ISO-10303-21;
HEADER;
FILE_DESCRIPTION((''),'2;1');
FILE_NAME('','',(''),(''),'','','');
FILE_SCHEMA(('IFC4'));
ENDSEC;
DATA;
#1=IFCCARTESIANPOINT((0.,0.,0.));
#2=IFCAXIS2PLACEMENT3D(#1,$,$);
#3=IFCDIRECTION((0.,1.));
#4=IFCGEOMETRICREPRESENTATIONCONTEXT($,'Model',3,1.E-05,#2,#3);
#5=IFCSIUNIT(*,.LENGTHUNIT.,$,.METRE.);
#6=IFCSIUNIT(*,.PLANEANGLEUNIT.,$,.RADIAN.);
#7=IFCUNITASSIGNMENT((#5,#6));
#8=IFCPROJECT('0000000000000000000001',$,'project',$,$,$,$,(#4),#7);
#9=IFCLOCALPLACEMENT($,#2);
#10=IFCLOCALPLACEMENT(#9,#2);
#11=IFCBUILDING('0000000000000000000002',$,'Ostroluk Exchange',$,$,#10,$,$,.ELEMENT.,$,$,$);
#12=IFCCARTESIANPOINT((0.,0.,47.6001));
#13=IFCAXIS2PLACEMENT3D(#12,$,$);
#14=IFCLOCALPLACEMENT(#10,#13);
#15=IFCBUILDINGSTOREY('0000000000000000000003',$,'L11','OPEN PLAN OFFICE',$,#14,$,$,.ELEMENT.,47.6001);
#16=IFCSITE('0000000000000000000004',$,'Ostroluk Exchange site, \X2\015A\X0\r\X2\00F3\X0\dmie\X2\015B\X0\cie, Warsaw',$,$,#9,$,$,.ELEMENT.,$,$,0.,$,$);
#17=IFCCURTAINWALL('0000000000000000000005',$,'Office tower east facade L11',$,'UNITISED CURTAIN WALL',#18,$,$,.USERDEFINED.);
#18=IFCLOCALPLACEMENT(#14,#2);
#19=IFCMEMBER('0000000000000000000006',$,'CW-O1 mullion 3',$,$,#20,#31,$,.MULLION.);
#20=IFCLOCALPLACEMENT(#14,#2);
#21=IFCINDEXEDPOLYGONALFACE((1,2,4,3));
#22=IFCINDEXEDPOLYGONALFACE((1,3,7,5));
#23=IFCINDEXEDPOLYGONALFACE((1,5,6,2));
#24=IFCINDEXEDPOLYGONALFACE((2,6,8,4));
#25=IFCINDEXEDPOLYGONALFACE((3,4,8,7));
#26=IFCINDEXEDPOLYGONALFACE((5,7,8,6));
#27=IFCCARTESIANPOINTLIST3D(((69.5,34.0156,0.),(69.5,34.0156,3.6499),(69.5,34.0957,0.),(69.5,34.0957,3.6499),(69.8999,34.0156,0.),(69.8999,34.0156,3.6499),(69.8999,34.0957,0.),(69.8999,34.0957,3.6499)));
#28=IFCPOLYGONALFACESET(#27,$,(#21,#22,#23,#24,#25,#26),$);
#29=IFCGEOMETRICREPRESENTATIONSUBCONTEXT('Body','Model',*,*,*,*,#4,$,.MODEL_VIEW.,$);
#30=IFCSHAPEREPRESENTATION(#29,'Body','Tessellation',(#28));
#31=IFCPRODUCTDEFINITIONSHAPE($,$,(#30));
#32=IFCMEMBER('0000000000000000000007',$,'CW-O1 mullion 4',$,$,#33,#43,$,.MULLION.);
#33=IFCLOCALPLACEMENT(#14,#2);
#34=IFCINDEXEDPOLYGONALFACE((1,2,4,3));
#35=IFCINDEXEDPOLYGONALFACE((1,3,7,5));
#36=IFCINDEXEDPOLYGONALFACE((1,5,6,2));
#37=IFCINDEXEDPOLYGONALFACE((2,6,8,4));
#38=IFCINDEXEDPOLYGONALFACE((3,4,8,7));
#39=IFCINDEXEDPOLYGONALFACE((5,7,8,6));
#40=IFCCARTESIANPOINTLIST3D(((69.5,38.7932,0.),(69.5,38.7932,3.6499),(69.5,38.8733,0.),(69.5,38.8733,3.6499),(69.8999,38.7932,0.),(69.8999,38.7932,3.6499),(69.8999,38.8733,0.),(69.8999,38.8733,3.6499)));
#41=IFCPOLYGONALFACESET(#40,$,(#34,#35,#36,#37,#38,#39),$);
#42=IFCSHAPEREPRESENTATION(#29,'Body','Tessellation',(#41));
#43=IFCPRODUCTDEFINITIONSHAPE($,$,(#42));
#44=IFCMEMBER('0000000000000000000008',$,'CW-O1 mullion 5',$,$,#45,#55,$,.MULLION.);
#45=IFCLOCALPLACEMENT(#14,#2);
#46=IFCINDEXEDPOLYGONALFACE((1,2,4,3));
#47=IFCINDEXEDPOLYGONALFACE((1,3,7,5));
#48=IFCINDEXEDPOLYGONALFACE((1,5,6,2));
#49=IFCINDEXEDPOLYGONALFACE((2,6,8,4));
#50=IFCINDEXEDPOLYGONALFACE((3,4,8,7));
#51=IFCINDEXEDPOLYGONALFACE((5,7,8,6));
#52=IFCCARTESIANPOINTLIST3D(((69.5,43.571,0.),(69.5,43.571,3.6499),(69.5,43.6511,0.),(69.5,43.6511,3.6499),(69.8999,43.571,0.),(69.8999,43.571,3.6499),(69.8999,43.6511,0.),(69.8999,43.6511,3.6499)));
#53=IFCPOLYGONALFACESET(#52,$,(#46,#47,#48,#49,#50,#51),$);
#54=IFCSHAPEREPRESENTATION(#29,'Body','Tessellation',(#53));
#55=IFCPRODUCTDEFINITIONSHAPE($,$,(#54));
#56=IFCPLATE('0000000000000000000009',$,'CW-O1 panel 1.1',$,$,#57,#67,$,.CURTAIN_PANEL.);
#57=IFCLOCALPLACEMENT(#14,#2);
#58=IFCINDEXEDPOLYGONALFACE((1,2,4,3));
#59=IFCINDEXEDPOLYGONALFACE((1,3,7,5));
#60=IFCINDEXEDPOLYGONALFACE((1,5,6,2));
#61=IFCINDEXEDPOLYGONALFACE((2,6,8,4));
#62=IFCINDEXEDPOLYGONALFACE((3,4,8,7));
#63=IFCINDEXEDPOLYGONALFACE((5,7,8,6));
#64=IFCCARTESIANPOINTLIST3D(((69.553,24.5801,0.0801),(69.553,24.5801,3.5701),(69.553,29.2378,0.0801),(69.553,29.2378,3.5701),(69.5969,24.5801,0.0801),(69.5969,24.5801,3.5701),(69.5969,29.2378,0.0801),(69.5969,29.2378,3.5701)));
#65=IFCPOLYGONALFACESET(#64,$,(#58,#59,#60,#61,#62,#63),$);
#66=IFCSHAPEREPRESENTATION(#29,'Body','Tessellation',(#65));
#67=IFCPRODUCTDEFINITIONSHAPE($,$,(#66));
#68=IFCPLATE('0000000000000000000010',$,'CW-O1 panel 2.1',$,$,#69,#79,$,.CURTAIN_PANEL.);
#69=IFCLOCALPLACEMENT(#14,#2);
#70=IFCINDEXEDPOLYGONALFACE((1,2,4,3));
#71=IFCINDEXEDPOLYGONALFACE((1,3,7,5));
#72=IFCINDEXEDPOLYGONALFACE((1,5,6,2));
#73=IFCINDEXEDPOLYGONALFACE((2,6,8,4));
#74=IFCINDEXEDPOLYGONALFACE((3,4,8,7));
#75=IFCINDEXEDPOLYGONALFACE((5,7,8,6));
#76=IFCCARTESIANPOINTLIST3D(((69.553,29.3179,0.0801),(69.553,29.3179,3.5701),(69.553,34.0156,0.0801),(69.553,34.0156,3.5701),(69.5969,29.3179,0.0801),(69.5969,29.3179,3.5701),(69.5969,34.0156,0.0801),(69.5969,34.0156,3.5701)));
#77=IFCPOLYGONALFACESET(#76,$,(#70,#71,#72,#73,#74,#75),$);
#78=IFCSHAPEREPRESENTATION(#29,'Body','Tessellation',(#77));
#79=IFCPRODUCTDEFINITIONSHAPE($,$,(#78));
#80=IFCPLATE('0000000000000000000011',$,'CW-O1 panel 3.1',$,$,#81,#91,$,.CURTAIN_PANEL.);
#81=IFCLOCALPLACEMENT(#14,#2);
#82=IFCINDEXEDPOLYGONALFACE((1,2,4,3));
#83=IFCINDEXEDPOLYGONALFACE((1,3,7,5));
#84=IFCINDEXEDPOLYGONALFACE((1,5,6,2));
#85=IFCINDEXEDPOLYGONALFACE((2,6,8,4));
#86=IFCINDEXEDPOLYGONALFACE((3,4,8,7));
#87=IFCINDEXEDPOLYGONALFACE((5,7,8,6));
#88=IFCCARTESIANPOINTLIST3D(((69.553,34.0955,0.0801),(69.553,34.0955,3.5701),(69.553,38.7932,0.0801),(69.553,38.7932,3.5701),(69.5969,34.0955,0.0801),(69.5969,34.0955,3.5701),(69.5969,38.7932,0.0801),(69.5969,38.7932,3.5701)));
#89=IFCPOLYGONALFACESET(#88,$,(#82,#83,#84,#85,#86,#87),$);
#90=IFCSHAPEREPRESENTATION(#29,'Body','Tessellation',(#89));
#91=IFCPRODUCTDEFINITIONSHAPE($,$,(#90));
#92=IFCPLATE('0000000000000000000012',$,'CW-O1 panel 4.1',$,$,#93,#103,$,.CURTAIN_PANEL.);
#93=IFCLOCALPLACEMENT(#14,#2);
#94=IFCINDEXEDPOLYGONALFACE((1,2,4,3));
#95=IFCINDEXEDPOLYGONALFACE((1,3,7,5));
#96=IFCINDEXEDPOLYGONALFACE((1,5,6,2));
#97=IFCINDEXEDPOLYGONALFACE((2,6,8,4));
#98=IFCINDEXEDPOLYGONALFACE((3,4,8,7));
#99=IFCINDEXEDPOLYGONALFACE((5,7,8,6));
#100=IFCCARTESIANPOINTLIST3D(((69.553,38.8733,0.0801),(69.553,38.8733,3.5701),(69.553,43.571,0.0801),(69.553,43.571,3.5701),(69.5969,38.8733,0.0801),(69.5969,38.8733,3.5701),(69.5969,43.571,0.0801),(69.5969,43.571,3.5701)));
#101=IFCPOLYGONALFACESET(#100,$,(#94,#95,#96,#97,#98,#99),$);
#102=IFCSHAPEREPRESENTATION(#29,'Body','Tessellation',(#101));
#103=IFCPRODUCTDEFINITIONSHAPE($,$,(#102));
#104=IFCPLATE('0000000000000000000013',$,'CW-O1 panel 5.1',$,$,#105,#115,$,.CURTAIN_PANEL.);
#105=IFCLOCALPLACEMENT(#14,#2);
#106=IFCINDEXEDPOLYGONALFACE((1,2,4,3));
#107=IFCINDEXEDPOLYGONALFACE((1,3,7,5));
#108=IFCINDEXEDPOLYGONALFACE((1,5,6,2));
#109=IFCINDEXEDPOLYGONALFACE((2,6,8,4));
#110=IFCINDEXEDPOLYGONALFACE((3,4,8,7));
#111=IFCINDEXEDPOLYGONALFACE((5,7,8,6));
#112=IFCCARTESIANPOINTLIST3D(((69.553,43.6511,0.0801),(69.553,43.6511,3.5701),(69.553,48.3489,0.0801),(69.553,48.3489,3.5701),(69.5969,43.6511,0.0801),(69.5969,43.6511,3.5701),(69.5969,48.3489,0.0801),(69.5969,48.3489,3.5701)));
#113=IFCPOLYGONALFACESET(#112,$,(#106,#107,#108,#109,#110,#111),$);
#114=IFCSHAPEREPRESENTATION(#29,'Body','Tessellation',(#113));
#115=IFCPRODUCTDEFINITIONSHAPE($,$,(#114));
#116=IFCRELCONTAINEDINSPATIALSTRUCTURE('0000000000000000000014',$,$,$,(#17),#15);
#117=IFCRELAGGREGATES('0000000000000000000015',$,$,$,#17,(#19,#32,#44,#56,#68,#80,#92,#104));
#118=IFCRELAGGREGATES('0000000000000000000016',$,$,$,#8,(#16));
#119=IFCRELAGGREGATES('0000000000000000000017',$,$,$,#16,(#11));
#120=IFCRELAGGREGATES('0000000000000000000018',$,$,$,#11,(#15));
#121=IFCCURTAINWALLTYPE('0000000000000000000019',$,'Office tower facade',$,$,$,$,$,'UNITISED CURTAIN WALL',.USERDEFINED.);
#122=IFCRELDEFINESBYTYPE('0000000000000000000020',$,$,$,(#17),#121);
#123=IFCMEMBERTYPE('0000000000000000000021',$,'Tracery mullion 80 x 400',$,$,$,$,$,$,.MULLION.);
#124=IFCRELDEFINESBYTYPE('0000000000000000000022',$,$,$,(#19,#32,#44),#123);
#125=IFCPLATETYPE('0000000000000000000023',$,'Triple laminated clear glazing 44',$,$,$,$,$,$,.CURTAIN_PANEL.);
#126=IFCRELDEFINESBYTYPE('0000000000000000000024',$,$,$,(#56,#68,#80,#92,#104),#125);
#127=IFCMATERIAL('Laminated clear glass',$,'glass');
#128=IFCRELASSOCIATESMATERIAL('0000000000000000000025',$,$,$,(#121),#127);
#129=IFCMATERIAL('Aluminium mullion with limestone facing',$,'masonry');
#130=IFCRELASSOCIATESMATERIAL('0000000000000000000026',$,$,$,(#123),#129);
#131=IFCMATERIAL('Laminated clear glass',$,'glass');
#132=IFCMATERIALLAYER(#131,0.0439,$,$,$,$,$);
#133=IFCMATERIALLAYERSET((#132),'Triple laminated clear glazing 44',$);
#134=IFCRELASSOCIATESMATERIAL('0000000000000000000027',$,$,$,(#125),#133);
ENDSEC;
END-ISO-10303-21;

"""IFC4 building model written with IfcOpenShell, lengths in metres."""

from ifc_helpers import new_model, si_unit, direction, frame, origin, origin_2d, place, context, subcontext, project, spatial, rectangle, extrude, material, layer, layer_set, material_profile, profile_set, type_object, element, aggregate, save


model = new_model("IFC4")

# Units and contexts
model_context = context("Model", 3, precision=1e-05, world=origin(), true_north=direction((0.0, 1.0)))
body_context = subcontext(model_context, "Body", "Model", "MODEL_VIEW")
ifc_project = project(units=[si_unit("LENGTHUNIT", "METRE"), si_unit("PLANEANGLEUNIT", "RADIAN")], contexts=[model_context])

# Site, building, storey
site_placement = place(None, origin())
site = spatial("IfcSite", under=ifc_project, at=site_placement, Name="Ostroluk Exchange site, Śródmieście, Warsaw", CompositionType="ELEMENT", RefElevation=0.0)
building_placement = place(site_placement, origin())
building = spatial("IfcBuilding", under=site, at=building_placement, Name="Ostroluk Exchange", CompositionType="ELEMENT")
storey_placement = place(building_placement, frame((0.0, 0.0, 47.6001)))
storey = spatial("IfcBuildingStorey", under=building, at=storey_placement, Name="L11", Description="OPEN PLAN OFFICE", CompositionType="ELEMENT", Elevation=47.6001)

# Curtain wall
ifc_material_1 = material(Name="Laminated clear glass", Category="glass")
curtain_wall_type_1 = type_object("IfcCurtainWallType", Name="Office tower facade", ElementType="UNITISED CURTAIN WALL", PredefinedType="USERDEFINED", material=ifc_material_1)
curtain_wall_1_placement = place(storey_placement, origin())
curtain_wall_1 = element("IfcCurtainWall", 1, at=curtain_wall_1_placement, inside=storey, type_object=curtain_wall_type_1, Name="Office tower east facade L11", ObjectType="UNITISED CURTAIN WALL", PredefinedType="USERDEFINED")

# Members
ifc_material_2 = material(Name="Aluminium mullion with limestone facing", Category="masonry")
ifc_material_profile_1 = material_profile(ifc_material_2, rectangle(XDim=0.3999, YDim=0.0801, at=origin_2d()), Name="Tracery mullion 80 x 400")
ifc_profile_set_1 = profile_set([ifc_material_profile_1], Name="Aluminium mullion with limestone facing")
member_type_1 = type_object("IfcMemberType", Name="Tracery mullion 80 x 400", PredefinedType="MULLION", material=ifc_profile_set_1)
member_1_placement = place(storey_placement, frame((69.7, 34.0557, 0.0), z_axis=(0.0, 0.0, 1.0), x_axis=(-1.0, 0.0, 0.0)))
member_1 = element("IfcMember", 2, at=member_1_placement, type_object=member_type_1, Name="CW-O1 mullion 3", PredefinedType="MULLION", context=body_context, shape_type="SweptSolid", body=[
    extrude(rectangle(XDim=0.3999, YDim=0.0801, at=origin_2d()), origin(), (0.0, 0.0, 1.0), 3.6499),
])
member_2_placement = place(storey_placement, frame((69.7, 38.8333, 0.0), z_axis=(0.0, 0.0, 1.0), x_axis=(-1.0, 0.0, 0.0)))
member_2 = element("IfcMember", 3, at=member_2_placement, type_object=member_type_1, Name="CW-O1 mullion 4", PredefinedType="MULLION", context=body_context, shape_type="SweptSolid", body=[
    extrude(rectangle(XDim=0.3999, YDim=0.0801, at=origin_2d()), origin(), (0.0, 0.0, 1.0), 3.6499),
])
member_3_placement = place(storey_placement, frame((69.7, 43.6111, 0.0), z_axis=(0.0, 0.0, 1.0), x_axis=(-1.0, 0.0, 0.0)))
member_3 = element("IfcMember", 4, at=member_3_placement, type_object=member_type_1, Name="CW-O1 mullion 5", PredefinedType="MULLION", context=body_context, shape_type="SweptSolid", body=[
    extrude(rectangle(XDim=0.3999, YDim=0.0801, at=origin_2d()), origin(), (0.0, 0.0, 1.0), 3.6499),
])

# Plates
ifc_material_3 = material(Name="Laminated clear glass", Category="glass")
ifc_layer = layer(ifc_material_3, 0.0439)
ifc_layer_set = layer_set([ifc_layer], Name="Triple laminated clear glazing 44")
plate_type = type_object("IfcPlateType", Name="Triple laminated clear glazing 44", PredefinedType="CURTAIN_PANEL", material=ifc_layer_set)
plate_1_placement = place(storey_placement, frame((69.575, 26.9089, 0.0801), z_axis=(0.0, 0.0, 1.0), x_axis=(0.0, 1.0, 0.0)))
plate_1 = element("IfcPlate", 5, at=plate_1_placement, type_object=plate_type, Name="CW-O1 panel 1.1", PredefinedType="CURTAIN_PANEL", context=body_context, shape_type="SweptSolid", body=[
    extrude(rectangle(XDim=4.6577, YDim=0.0439, at=origin_2d()), origin(), (0.0, 0.0, 1.0), 3.49),
])
plate_2_placement = place(storey_placement, frame((69.575, 31.6667, 0.0801), z_axis=(0.0, 0.0, 1.0), x_axis=(0.0, 1.0, 0.0)))
plate_2 = element("IfcPlate", 6, at=plate_2_placement, type_object=plate_type, Name="CW-O1 panel 2.1", PredefinedType="CURTAIN_PANEL", context=body_context, shape_type="SweptSolid", body=[
    extrude(rectangle(XDim=4.6978, YDim=0.0439, at=origin_2d()), origin(), (0.0, 0.0, 1.0), 3.49),
])
plate_3_placement = place(storey_placement, frame((69.575, 36.4443, 0.0801), z_axis=(0.0, 0.0, 1.0), x_axis=(0.0, 1.0, 0.0)))
plate_3 = element("IfcPlate", 7, at=plate_3_placement, type_object=plate_type, Name="CW-O1 panel 3.1", PredefinedType="CURTAIN_PANEL", context=body_context, shape_type="SweptSolid", body=[
    extrude(rectangle(XDim=4.6978, YDim=0.0439, at=origin_2d()), origin(), (0.0, 0.0, 1.0), 3.49),
])
plate_4_placement = place(storey_placement, frame((69.575, 41.2222, 0.0801), z_axis=(0.0, 0.0, 1.0), x_axis=(0.0, 1.0, 0.0)))
plate_4 = element("IfcPlate", 8, at=plate_4_placement, type_object=plate_type, Name="CW-O1 panel 4.1", PredefinedType="CURTAIN_PANEL", context=body_context, shape_type="SweptSolid", body=[
    extrude(rectangle(XDim=4.6978, YDim=0.0439, at=origin_2d()), origin(), (0.0, 0.0, 1.0), 3.49),
])
plate_5_placement = place(storey_placement, frame((69.575, 46.0, 0.0801), z_axis=(0.0, 0.0, 1.0), x_axis=(0.0, 1.0, 0.0)))
plate_5 = element("IfcPlate", 9, at=plate_5_placement, type_object=plate_type, Name="CW-O1 panel 5.1", PredefinedType="CURTAIN_PANEL", context=body_context, shape_type="SweptSolid", body=[
    extrude(rectangle(XDim=4.6978, YDim=0.0439, at=origin_2d()), origin(), (0.0, 0.0, 1.0), 3.49),
])
aggregate(curtain_wall_1, [member_1, member_2, member_3, plate_1, plate_2, plate_3, plate_4, plate_5])

save(model, "model.ifc")
